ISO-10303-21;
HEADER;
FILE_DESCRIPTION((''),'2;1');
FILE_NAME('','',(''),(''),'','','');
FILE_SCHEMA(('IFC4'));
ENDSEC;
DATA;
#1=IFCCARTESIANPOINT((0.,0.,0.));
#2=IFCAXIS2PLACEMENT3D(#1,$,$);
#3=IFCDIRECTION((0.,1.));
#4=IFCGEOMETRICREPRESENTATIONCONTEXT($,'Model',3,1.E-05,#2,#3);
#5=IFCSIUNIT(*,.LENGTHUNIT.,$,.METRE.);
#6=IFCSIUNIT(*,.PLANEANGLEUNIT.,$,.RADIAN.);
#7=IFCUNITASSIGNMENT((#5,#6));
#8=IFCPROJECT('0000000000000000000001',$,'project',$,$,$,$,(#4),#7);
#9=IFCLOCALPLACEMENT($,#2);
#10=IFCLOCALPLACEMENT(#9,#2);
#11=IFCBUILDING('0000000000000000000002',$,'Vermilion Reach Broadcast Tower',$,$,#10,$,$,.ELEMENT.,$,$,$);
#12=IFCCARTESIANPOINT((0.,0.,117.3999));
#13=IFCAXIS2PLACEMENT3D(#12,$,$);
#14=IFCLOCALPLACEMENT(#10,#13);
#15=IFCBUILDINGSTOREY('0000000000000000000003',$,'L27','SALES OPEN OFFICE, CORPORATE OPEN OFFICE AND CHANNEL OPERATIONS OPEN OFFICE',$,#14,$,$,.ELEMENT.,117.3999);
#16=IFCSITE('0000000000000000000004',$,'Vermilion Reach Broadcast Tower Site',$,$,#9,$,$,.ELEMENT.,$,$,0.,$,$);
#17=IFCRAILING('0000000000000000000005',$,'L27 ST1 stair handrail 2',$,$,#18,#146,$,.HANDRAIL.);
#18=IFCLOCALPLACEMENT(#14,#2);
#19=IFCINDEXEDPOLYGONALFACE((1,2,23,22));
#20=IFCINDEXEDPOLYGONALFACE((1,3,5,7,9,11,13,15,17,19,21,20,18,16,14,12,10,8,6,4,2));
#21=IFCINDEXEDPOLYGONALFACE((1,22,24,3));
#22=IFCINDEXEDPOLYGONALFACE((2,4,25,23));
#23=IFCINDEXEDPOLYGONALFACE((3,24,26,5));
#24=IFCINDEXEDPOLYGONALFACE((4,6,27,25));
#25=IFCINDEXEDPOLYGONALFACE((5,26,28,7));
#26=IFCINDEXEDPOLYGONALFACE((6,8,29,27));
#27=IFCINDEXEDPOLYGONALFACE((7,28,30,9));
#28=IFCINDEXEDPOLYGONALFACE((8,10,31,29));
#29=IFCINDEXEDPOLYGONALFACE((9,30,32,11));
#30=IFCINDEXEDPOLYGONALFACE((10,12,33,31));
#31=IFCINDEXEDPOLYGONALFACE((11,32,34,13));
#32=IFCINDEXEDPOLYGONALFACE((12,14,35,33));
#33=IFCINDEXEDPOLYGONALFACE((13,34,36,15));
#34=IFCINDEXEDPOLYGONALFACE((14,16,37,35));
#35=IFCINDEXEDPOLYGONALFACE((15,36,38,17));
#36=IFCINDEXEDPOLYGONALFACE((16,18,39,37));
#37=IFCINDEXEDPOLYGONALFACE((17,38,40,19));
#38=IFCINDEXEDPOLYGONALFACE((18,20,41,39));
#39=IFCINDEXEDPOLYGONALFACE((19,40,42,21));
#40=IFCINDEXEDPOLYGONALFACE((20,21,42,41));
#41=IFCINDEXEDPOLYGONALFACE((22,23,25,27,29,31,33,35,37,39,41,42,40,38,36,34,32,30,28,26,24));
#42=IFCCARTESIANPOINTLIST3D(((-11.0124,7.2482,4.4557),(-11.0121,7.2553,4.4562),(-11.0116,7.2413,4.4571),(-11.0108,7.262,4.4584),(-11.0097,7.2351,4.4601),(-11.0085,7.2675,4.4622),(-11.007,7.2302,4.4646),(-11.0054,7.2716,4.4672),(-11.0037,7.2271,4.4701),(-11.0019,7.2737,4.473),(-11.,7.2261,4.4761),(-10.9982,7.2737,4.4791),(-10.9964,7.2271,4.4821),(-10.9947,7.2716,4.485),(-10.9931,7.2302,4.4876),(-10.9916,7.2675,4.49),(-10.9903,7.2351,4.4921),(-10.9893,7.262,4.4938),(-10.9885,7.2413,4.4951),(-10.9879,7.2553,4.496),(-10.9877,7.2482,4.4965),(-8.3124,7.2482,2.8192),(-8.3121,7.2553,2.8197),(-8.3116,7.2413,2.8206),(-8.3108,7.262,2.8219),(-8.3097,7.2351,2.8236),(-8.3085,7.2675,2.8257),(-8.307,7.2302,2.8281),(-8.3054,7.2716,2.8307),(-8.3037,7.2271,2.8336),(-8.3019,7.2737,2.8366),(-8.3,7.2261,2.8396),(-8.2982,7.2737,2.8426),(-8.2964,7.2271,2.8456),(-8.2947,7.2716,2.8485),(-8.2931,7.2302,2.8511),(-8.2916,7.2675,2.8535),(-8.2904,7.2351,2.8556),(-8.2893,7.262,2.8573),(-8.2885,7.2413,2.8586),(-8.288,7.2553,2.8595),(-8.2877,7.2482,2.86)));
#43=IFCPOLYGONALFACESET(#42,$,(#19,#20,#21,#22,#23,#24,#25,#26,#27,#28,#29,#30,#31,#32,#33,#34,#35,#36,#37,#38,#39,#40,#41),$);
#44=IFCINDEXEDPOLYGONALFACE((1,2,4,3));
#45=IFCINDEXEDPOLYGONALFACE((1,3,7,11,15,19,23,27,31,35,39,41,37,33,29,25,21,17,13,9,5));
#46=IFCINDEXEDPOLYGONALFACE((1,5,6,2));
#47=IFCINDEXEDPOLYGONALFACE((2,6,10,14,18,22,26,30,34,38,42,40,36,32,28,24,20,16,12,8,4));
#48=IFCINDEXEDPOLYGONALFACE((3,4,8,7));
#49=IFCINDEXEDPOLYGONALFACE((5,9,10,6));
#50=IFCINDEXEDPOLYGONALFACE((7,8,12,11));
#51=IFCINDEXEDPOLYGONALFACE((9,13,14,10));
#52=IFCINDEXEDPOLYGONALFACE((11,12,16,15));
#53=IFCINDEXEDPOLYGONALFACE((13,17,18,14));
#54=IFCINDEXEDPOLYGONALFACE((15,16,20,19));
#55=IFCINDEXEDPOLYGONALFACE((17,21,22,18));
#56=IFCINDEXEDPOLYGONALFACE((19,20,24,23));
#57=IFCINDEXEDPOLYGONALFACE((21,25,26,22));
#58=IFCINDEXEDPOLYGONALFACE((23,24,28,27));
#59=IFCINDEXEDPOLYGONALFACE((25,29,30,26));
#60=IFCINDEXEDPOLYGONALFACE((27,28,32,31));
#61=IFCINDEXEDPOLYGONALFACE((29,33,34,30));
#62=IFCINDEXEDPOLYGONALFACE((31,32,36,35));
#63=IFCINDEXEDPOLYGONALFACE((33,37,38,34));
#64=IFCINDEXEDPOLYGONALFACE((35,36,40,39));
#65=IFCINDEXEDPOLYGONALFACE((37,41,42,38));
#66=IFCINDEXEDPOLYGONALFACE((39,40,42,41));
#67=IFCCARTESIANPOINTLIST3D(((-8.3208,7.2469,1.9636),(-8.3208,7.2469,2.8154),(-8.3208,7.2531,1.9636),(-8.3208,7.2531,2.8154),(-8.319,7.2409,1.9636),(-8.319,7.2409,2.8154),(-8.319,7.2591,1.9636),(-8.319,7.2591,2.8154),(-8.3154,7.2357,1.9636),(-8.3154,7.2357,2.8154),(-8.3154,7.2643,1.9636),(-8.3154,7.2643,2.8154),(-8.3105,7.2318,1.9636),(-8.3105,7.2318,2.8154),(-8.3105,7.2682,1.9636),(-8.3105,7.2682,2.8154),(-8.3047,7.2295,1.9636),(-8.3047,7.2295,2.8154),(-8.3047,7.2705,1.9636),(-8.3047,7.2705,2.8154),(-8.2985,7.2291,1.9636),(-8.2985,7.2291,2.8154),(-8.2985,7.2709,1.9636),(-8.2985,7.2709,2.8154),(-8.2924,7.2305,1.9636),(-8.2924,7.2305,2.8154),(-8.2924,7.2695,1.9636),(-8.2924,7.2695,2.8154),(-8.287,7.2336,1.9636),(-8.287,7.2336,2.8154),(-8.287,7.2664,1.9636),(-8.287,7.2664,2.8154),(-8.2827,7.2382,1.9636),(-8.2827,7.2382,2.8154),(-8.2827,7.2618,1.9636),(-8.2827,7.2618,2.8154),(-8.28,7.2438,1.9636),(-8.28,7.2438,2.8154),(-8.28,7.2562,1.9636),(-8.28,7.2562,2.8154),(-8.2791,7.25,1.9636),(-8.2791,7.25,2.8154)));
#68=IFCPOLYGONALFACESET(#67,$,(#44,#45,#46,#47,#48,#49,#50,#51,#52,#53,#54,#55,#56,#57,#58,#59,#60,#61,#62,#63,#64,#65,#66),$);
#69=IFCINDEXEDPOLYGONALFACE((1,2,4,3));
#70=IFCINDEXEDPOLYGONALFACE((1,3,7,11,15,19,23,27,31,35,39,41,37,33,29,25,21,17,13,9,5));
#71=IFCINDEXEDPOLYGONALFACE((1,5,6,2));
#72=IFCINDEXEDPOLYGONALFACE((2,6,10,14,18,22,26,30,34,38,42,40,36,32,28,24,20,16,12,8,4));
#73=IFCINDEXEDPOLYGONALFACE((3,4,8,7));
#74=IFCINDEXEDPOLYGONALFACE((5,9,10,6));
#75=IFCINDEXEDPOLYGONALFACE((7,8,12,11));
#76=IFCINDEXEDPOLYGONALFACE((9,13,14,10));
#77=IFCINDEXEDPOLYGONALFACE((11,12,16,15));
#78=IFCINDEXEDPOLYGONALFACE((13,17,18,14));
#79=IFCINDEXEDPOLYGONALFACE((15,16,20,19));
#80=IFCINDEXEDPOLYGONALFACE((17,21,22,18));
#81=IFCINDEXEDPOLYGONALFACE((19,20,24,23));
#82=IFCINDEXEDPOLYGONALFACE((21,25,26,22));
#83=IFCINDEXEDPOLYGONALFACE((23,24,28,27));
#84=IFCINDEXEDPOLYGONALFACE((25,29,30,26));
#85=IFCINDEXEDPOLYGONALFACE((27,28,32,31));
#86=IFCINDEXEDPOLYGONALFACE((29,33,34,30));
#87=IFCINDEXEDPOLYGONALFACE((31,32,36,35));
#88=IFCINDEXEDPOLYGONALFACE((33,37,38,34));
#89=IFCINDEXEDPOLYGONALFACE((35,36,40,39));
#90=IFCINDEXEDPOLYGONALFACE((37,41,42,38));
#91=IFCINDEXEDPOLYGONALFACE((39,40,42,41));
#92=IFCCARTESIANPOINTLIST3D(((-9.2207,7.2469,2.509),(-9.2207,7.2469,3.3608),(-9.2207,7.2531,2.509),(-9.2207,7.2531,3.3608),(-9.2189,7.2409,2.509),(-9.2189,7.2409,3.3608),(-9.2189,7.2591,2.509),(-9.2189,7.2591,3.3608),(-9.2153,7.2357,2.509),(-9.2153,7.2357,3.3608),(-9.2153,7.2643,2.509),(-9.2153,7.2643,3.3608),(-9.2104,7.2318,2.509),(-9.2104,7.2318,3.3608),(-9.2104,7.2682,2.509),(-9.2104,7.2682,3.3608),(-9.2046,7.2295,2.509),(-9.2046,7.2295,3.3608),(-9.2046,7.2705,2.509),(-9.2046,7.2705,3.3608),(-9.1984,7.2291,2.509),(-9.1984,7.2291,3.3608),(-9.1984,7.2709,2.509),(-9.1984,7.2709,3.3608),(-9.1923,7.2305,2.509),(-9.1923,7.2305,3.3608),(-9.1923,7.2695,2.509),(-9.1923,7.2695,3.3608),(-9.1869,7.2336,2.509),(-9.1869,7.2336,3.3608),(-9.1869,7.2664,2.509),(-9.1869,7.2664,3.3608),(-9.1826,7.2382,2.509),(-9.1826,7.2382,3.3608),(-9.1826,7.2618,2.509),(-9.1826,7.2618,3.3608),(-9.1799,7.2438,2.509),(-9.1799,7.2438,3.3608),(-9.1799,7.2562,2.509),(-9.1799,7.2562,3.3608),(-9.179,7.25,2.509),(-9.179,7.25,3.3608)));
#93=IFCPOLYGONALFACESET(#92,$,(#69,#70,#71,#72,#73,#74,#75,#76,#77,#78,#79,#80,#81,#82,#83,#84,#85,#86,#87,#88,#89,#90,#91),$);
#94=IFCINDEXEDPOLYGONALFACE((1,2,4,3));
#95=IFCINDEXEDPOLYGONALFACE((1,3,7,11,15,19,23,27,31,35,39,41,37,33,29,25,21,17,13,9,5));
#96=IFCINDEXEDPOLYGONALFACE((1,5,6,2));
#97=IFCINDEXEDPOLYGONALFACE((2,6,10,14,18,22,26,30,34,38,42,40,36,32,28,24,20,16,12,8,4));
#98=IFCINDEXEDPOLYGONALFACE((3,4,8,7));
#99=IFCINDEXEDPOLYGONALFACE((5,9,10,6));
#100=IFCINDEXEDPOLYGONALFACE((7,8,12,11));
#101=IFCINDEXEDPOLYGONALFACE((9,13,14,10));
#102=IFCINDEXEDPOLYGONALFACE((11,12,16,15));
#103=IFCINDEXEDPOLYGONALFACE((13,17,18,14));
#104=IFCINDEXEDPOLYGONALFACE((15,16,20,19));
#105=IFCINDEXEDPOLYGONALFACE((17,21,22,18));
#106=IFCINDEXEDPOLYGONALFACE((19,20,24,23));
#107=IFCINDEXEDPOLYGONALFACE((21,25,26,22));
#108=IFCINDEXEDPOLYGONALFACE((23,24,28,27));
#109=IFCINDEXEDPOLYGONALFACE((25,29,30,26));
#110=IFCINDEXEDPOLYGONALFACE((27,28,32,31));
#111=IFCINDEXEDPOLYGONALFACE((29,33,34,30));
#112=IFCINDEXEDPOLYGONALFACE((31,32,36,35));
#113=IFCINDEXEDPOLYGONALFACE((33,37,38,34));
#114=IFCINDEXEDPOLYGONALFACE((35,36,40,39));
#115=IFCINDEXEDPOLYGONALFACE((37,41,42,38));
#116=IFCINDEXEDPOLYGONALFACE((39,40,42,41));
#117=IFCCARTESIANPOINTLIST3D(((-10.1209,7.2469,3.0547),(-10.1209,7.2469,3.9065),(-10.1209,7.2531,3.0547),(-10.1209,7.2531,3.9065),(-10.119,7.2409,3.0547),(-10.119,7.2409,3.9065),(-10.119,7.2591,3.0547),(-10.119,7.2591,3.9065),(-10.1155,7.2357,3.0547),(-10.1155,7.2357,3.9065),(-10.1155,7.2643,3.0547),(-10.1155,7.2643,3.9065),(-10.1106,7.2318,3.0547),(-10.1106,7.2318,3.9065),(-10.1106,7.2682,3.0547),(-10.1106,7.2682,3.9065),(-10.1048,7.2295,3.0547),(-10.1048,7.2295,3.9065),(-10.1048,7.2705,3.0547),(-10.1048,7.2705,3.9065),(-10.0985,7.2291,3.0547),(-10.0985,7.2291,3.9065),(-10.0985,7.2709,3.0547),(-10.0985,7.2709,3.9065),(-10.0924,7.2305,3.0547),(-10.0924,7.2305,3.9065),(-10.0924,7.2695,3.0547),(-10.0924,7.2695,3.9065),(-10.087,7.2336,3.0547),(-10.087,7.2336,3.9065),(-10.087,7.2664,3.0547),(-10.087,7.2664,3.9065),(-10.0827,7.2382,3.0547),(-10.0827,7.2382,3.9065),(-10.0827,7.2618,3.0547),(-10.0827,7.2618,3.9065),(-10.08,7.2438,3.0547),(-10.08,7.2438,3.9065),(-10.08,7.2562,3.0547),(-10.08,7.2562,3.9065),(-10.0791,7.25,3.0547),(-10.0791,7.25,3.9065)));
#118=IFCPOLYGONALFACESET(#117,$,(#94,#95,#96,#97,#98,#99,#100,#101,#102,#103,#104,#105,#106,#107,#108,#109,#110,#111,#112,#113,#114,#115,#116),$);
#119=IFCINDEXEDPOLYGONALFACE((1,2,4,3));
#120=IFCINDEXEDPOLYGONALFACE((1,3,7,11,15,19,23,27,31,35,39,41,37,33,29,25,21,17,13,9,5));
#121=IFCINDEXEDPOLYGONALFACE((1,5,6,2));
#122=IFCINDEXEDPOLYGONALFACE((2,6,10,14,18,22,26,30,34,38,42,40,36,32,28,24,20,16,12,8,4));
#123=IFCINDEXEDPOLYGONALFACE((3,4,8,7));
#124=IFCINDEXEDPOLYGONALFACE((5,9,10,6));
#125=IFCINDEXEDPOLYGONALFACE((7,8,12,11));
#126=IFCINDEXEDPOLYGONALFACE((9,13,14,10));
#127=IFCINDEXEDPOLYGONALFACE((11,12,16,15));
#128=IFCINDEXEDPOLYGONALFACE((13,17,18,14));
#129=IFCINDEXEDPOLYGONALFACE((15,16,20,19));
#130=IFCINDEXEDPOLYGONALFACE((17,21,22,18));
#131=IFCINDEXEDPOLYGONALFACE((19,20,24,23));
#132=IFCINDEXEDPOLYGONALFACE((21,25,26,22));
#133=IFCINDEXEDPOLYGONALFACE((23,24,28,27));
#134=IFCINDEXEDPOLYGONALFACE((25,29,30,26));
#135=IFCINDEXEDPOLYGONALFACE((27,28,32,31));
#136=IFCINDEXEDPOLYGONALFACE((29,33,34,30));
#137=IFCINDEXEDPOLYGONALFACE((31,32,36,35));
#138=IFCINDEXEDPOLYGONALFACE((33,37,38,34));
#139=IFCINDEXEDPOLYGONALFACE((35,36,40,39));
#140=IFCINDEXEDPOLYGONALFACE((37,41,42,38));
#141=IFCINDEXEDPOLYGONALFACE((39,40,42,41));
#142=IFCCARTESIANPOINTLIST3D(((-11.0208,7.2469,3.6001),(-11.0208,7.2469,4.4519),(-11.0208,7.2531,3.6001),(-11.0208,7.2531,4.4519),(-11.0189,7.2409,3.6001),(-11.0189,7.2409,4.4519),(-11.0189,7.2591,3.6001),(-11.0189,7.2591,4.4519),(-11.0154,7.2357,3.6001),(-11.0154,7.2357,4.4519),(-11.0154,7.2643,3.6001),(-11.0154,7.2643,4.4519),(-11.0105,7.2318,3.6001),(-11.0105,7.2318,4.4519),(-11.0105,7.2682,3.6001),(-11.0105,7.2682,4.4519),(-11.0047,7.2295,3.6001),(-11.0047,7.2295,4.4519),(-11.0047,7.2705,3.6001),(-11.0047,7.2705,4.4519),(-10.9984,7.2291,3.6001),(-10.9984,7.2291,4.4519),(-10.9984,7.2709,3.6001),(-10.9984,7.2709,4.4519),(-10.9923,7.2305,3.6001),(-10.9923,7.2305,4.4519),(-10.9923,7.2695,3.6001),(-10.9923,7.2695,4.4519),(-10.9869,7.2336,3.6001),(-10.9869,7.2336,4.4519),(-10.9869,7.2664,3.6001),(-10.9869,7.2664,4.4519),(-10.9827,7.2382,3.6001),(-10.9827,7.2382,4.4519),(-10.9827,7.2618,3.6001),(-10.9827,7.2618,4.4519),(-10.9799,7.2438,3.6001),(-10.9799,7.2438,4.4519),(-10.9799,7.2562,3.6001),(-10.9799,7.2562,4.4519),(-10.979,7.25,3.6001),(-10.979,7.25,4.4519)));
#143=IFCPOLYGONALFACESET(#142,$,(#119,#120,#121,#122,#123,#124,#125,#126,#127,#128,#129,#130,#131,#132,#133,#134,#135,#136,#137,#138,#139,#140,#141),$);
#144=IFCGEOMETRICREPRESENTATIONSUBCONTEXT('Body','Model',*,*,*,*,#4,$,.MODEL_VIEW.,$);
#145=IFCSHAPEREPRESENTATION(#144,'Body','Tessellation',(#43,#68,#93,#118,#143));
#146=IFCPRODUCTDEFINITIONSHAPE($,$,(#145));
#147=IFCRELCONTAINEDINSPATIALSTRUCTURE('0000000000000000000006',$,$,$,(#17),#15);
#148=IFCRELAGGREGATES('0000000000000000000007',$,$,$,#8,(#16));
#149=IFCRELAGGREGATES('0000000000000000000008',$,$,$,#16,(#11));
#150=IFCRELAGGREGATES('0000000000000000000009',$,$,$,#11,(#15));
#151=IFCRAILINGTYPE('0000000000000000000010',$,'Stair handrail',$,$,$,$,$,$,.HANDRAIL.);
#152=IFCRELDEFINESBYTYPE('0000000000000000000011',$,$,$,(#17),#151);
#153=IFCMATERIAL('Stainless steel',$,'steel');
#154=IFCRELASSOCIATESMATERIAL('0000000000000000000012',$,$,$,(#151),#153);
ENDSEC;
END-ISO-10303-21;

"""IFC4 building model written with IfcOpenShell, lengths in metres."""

from ifc_helpers import new_model, si_unit, direction, frame, origin, origin_2d, place, context, subcontext, project, spatial, circle, extrude, material, type_object, element, save


model = new_model("IFC4")

# Units and contexts
model_context = context("Model", 3, precision=1e-05, world=origin(), true_north=direction((0.0, 1.0)))
body_context = subcontext(model_context, "Body", "Model", "MODEL_VIEW")
ifc_project = project(units=[si_unit("LENGTHUNIT", "METRE"), si_unit("PLANEANGLEUNIT", "RADIAN")], contexts=[model_context])

# Site, building, storey
site_placement = place(None, origin())
site = spatial("IfcSite", under=ifc_project, at=site_placement, Name="Vermilion Reach Broadcast Tower Site", CompositionType="ELEMENT", RefElevation=0.0)
building_placement = place(site_placement, origin())
building = spatial("IfcBuilding", under=site, at=building_placement, Name="Vermilion Reach Broadcast Tower", CompositionType="ELEMENT")
storey_placement = place(building_placement, frame((0.0, 0.0, 117.3999)))
storey = spatial("IfcBuildingStorey", under=building, at=storey_placement, Name="L27", Description="SALES OPEN OFFICE, CORPORATE OPEN OFFICE AND CHANNEL OPERATIONS OPEN OFFICE", CompositionType="ELEMENT", Elevation=117.3999)

# Railing
ifc_material_1 = material(Name="Stainless steel", Category="steel")
railing_type_1 = type_object("IfcRailingType", Name="Stair handrail", PredefinedType="HANDRAIL", material=ifc_material_1)
railing_1_placement = place(storey_placement, frame((-8.3, 7.25, 1.9636)))
element("IfcRailing", 1, at=railing_1_placement, inside=storey, type_object=railing_type_1, Name="L27 ST1 stair handrail 2", PredefinedType="HANDRAIL", context=body_context, shape_type="SweptSolid", body=[
    extrude(circle(Radius=0.0239, at=origin_2d()), frame((0.0, 0.0, 0.876), z_axis=(-0.855178, 0.0, 0.518334), x_axis=(0.0, -1.0, 0.0)), (0.0, 0.0, 1.0), 3.1572),
    extrude(circle(Radius=0.021, at=origin_2d()), origin(), (0.0, 0.0, 1.0), 0.8518),
    extrude(circle(Radius=0.021, at=origin_2d()), frame((-0.8999, 0.0, 0.5454)), (0.0, 0.0, 1.0), 0.8518),
    extrude(circle(Radius=0.021, at=origin_2d()), frame((-1.8, 0.0, 1.0911)), (0.0, 0.0, 1.0), 0.8518),
    extrude(circle(Radius=0.021, at=origin_2d()), frame((-2.7, 0.0, 1.6365)), (0.0, 0.0, 1.0), 0.8518),
])

save(model, "model.ifc")
